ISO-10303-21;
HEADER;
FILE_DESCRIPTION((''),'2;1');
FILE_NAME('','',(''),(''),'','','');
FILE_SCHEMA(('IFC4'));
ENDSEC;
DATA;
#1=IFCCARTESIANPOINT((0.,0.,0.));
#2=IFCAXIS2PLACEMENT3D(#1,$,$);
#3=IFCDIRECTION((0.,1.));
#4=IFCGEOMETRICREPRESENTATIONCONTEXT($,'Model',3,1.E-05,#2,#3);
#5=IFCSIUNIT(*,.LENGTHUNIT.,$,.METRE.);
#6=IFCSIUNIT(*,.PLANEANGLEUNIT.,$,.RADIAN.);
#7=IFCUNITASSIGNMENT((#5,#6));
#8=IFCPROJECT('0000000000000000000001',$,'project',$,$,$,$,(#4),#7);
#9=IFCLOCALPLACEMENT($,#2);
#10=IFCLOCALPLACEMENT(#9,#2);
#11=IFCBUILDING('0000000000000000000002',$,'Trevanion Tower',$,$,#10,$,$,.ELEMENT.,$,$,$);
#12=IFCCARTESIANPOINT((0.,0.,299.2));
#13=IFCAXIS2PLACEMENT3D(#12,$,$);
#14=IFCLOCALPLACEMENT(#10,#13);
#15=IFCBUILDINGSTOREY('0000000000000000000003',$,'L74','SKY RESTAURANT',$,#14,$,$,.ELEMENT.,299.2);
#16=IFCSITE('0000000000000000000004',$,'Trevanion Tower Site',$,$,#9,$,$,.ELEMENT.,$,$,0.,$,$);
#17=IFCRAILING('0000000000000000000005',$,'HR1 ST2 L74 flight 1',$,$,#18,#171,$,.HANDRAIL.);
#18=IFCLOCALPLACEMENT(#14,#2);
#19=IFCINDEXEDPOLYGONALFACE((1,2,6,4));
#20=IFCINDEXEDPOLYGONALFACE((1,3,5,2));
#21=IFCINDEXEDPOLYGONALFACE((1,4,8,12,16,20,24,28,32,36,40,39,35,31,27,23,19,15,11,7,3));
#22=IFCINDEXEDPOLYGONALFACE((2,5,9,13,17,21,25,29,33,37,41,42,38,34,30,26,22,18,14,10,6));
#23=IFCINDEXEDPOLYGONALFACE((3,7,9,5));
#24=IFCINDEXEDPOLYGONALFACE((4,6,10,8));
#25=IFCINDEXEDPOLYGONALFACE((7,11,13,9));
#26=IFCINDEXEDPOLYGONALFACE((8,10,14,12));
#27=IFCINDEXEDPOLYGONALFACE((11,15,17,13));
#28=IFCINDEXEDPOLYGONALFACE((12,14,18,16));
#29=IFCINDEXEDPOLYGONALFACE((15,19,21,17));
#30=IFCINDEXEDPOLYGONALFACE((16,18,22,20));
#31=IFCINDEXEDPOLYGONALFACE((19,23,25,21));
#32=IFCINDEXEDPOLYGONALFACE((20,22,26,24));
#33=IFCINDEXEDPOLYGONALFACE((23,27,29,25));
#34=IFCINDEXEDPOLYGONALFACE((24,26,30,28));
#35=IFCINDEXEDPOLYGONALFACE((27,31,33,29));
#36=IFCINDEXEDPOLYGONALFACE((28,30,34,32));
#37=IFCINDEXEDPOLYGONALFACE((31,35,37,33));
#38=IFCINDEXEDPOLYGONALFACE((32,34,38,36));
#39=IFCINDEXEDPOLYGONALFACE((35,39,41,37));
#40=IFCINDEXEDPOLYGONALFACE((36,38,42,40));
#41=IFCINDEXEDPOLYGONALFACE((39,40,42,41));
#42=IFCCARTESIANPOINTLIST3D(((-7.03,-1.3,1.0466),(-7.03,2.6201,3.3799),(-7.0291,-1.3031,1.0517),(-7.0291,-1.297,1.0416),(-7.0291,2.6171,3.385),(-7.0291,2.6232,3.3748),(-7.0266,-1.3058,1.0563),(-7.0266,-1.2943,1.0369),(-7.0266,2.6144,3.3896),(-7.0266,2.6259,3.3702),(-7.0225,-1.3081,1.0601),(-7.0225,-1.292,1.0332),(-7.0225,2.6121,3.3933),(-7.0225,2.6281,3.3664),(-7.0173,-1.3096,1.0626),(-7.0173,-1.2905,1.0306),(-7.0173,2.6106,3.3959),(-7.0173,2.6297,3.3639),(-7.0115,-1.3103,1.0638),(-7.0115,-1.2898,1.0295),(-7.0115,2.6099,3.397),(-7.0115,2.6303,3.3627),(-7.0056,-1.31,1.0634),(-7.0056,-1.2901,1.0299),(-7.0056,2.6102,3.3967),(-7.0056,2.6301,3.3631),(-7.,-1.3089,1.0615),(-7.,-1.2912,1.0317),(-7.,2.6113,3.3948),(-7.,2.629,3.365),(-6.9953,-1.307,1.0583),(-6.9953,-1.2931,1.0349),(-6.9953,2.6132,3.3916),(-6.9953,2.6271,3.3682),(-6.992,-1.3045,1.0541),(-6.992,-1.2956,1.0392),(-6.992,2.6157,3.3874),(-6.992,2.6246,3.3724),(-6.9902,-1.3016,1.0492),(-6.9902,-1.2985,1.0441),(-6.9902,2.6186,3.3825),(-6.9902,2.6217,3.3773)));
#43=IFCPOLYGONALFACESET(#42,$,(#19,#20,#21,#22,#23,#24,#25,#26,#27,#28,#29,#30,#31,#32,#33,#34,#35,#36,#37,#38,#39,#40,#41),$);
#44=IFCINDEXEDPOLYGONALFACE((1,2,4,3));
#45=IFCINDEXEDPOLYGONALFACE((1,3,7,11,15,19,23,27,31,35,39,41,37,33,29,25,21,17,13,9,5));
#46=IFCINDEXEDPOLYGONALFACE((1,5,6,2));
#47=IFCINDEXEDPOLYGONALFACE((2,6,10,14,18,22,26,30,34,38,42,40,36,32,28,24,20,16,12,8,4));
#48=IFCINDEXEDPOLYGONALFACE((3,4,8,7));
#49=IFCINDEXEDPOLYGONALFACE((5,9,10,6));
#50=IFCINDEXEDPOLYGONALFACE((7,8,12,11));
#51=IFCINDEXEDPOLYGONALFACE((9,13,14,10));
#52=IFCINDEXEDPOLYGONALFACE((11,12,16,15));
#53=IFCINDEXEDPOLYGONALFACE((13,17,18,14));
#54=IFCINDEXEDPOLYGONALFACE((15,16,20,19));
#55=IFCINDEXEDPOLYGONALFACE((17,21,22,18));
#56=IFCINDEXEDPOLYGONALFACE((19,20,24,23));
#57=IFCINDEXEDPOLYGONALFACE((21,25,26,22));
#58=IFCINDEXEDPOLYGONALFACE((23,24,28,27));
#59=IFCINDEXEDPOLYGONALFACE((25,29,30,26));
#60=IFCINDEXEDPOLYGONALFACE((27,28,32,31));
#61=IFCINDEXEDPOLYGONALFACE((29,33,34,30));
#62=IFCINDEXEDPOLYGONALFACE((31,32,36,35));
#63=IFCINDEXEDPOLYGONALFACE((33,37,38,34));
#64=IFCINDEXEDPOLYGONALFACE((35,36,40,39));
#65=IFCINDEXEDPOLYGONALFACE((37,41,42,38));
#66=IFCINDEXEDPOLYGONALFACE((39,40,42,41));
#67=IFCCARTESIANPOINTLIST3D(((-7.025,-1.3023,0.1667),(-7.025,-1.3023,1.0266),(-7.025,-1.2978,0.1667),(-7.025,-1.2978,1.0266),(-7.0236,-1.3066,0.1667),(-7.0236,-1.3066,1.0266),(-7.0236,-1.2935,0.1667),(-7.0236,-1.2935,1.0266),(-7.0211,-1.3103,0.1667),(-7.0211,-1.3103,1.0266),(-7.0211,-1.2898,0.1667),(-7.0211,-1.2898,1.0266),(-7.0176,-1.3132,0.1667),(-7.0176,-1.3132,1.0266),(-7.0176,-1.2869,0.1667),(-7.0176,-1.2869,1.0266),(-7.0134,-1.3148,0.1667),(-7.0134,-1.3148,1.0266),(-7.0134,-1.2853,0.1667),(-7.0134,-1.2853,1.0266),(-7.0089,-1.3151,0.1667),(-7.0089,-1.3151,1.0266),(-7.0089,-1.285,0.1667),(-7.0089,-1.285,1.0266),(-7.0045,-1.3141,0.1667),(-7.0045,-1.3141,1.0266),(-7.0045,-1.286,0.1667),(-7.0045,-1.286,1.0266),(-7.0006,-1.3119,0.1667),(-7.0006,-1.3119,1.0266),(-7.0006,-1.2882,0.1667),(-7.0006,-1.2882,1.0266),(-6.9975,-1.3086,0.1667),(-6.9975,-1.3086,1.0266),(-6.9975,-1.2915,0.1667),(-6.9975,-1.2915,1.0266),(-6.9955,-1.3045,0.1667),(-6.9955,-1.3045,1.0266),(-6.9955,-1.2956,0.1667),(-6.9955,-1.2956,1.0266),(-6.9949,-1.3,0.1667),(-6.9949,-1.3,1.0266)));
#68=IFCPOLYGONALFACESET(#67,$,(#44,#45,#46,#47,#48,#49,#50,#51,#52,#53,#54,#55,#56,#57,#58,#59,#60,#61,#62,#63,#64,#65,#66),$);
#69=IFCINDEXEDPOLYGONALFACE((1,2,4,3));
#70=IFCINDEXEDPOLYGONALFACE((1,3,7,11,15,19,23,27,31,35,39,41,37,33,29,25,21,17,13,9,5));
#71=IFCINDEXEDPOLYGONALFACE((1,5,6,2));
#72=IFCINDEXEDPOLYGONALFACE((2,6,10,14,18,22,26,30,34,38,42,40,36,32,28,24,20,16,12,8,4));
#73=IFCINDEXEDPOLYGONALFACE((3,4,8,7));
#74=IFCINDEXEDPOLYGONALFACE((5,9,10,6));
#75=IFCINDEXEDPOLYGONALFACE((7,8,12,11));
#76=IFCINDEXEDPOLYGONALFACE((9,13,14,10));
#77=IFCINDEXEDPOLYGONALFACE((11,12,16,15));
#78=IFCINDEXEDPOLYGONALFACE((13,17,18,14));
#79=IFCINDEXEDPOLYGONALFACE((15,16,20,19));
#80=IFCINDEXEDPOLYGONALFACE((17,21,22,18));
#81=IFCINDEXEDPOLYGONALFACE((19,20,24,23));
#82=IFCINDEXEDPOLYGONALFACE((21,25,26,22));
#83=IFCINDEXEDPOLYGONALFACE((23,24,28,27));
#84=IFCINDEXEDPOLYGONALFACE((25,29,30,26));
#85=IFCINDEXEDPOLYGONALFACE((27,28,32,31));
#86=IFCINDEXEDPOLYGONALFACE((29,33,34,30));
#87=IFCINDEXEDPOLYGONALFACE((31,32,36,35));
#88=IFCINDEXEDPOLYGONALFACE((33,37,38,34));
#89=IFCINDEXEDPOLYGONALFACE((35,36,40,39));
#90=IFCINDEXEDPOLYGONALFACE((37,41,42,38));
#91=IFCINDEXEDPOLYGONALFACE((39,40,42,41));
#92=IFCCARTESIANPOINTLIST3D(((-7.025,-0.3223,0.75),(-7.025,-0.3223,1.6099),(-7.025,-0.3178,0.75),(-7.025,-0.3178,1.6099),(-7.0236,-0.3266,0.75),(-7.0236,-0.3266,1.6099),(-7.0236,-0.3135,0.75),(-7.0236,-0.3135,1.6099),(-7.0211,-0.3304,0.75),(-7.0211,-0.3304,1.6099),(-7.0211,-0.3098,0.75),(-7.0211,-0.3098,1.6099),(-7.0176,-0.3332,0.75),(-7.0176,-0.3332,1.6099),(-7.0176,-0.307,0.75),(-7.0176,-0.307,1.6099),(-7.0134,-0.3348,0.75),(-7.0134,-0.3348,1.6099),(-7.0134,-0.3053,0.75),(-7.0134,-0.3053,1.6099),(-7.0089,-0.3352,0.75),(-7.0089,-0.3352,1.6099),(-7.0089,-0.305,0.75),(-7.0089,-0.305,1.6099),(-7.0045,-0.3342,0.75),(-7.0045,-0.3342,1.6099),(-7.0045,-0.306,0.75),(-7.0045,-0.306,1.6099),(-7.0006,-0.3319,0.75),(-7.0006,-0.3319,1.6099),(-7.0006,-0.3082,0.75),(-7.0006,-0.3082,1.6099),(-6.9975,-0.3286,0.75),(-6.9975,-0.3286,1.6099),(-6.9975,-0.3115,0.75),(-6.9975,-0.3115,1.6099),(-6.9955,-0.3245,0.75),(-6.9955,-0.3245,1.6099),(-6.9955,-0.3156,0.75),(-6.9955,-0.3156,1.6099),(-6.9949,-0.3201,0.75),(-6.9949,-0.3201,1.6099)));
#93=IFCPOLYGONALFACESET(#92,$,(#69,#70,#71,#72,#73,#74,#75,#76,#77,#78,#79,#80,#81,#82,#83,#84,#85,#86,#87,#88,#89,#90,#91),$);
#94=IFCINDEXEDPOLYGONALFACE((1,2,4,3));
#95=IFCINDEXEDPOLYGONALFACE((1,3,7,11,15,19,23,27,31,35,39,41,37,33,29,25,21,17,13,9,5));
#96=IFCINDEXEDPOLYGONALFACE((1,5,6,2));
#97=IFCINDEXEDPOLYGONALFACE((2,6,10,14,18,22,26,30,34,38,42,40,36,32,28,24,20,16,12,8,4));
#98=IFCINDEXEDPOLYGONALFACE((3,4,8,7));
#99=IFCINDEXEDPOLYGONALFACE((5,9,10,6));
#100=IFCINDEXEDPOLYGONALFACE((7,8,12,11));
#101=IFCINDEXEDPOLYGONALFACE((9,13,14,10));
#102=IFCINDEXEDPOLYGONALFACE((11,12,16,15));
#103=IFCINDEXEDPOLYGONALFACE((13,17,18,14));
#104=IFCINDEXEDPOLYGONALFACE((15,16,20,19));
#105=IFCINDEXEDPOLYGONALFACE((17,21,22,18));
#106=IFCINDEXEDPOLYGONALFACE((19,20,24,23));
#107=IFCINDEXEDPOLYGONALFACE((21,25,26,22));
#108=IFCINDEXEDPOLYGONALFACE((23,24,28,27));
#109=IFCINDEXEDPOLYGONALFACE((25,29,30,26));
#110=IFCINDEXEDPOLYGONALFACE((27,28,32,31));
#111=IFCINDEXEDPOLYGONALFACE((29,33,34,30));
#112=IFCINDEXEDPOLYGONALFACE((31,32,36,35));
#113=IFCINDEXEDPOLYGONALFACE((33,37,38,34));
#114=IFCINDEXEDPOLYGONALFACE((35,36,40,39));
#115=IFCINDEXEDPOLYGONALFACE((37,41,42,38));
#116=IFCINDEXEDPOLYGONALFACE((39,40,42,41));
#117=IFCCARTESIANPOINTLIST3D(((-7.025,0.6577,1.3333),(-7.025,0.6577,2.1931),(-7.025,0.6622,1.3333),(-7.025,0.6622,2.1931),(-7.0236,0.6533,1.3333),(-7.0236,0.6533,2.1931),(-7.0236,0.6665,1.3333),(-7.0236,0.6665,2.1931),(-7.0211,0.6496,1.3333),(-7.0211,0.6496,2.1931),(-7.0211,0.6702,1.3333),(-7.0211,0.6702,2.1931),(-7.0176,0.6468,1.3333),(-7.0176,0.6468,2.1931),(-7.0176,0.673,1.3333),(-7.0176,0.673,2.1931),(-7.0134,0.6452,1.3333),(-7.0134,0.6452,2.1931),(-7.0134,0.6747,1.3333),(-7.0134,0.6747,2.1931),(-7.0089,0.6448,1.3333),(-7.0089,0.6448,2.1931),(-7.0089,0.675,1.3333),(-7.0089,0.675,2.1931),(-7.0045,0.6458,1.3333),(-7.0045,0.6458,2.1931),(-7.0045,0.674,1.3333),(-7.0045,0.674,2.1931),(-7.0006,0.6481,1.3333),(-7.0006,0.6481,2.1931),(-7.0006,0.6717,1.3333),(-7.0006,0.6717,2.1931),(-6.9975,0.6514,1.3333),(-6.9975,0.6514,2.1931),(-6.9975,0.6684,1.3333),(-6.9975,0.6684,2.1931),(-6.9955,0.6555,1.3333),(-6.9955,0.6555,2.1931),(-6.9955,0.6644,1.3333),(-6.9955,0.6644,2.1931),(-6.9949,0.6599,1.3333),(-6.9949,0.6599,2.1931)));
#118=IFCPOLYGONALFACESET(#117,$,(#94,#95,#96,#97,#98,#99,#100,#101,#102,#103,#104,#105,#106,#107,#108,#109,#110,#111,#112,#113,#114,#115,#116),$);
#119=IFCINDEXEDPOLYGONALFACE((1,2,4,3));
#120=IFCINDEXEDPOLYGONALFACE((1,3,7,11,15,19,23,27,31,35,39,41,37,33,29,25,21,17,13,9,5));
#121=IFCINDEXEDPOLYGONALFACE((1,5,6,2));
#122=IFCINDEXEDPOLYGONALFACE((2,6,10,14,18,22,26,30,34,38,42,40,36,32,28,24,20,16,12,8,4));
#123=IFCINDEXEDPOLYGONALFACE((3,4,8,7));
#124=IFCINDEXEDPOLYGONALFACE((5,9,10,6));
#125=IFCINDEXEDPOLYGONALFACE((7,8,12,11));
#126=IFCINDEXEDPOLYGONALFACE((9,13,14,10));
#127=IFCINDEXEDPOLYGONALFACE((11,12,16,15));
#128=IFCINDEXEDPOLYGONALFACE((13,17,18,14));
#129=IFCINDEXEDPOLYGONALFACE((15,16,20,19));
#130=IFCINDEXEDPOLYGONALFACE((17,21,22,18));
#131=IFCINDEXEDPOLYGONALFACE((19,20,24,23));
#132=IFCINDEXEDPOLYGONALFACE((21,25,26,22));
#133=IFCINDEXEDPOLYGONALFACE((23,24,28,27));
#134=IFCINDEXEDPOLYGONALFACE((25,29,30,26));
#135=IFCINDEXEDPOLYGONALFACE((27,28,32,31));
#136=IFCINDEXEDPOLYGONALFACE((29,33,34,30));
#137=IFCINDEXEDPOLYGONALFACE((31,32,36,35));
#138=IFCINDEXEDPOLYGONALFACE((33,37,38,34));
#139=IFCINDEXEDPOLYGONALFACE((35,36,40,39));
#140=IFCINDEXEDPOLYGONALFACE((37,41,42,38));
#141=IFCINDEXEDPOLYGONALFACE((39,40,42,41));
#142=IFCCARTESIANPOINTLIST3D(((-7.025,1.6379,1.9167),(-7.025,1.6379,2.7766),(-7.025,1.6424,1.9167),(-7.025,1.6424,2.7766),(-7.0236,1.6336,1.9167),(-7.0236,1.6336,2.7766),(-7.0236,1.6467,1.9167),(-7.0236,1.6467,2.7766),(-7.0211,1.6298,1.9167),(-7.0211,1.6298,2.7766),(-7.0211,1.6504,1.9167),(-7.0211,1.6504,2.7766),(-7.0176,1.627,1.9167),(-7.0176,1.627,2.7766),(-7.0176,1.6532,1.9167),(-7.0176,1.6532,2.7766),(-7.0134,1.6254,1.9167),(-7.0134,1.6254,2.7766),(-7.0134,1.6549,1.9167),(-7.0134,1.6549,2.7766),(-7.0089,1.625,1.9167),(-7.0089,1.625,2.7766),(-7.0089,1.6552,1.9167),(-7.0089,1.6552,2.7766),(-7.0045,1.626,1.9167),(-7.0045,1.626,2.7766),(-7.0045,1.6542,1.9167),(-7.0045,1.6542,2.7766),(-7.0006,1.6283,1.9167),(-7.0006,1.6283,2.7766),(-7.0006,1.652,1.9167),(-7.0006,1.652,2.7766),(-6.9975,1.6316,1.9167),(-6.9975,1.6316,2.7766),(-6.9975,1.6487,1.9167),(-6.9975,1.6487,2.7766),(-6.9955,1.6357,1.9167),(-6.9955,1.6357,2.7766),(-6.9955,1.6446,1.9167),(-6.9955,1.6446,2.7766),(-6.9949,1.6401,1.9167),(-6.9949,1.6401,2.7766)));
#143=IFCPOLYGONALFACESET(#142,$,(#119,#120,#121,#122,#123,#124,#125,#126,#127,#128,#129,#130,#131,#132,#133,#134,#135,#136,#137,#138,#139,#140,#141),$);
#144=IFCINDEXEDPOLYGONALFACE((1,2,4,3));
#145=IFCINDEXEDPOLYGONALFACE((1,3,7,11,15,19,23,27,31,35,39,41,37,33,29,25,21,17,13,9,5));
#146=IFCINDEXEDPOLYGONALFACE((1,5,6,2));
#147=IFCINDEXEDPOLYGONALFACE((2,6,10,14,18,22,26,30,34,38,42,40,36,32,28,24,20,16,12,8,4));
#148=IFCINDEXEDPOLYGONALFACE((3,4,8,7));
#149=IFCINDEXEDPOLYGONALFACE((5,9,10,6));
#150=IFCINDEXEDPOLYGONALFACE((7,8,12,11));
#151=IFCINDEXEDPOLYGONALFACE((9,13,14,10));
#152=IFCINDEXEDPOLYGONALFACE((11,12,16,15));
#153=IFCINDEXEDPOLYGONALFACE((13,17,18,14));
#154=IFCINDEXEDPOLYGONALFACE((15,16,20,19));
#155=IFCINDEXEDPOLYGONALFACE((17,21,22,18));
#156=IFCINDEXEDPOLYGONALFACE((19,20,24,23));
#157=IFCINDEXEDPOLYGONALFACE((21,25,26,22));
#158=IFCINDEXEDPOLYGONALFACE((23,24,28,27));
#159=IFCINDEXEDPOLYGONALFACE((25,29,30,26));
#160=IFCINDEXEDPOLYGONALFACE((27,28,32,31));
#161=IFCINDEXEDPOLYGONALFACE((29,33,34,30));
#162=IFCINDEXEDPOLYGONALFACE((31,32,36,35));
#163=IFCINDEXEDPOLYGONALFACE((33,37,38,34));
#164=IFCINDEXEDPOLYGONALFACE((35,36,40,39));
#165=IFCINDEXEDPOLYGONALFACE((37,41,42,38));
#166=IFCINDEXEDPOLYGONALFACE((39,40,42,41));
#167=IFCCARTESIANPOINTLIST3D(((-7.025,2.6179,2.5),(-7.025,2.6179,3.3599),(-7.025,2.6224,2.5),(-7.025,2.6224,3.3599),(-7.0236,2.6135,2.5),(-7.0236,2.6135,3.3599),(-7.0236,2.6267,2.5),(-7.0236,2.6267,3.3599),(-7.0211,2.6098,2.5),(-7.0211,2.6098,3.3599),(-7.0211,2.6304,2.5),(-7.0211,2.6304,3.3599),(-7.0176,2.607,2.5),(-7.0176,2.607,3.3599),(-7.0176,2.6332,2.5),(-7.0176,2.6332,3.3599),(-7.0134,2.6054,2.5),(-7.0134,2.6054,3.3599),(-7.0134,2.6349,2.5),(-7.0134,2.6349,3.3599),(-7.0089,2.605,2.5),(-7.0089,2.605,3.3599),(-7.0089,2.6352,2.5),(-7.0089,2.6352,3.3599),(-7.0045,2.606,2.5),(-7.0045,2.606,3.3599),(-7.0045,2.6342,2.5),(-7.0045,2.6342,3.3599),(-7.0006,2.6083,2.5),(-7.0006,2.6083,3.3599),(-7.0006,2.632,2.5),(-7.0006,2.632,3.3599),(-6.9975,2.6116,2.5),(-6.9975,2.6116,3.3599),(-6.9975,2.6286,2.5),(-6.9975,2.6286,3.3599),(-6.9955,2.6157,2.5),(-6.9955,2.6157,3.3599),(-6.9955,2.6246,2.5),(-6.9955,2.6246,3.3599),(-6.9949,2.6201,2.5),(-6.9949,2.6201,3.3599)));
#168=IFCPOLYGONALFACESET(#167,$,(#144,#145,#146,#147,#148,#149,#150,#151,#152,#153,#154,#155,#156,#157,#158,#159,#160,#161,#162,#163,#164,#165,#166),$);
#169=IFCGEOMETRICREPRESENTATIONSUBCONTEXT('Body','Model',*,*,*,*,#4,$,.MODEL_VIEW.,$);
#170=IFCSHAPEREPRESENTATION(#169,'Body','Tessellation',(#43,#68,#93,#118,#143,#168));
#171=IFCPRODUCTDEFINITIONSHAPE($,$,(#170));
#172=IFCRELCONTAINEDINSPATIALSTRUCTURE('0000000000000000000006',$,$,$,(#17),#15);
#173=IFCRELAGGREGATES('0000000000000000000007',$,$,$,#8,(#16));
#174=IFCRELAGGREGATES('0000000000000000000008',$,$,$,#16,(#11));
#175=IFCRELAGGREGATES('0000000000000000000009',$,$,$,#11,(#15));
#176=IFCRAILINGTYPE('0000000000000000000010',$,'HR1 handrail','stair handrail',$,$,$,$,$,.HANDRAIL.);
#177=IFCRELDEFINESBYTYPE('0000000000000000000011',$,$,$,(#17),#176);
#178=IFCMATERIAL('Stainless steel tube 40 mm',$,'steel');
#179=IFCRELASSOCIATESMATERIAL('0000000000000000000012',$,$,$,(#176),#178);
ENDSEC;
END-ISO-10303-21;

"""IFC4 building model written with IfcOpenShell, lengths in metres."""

from ifc_helpers import new_model, si_unit, direction, frame, origin, origin_2d, place, context, subcontext, project, spatial, circle, extrude, material, type_object, element, save


model = new_model("IFC4")

# Units and contexts
model_context = context("Model", 3, precision=1e-05, world=origin(), true_north=direction((0.0, 1.0)))
body_context = subcontext(model_context, "Body", "Model", "MODEL_VIEW")
ifc_project = project(units=[si_unit("LENGTHUNIT", "METRE"), si_unit("PLANEANGLEUNIT", "RADIAN")], contexts=[model_context])

# Site, building, storey
site_placement = place(None, origin())
site = spatial("IfcSite", under=ifc_project, at=site_placement, Name="Trevanion Tower Site", CompositionType="ELEMENT", RefElevation=0.0)
building_placement = place(site_placement, origin())
building = spatial("IfcBuilding", under=site, at=building_placement, Name="Trevanion Tower", CompositionType="ELEMENT")
storey_placement = place(building_placement, frame((0.0, 0.0, 299.2)))
storey = spatial("IfcBuildingStorey", under=building, at=storey_placement, Name="L74", Description="SKY RESTAURANT", CompositionType="ELEMENT", Elevation=299.2)

# Railing
ifc_material_1 = material(Name="Stainless steel tube 40 mm", Category="steel")
railing_type = type_object("IfcRailingType", Name="HR1 handrail", Description="stair handrail", PredefinedType="HANDRAIL", material=ifc_material_1)
for number, where, name in (
    (1, (-7.01, -1.3, 0.1667), "HR1 ST2 L74 flight 1"),
):
    element("IfcRailing", number, at=place(storey_placement, frame(where)), inside=storey, type_object=railing_type, Name=name, PredefinedType="HANDRAIL", context=body_context, shape_type="SweptSolid", body=[
        extrude(circle(Radius=0.02, at=origin_2d()), frame((0.0, 0.0, 0.8799), z_axis=(0.0, 0.85931, 0.511455), x_axis=(-1.0, 0.0, 0.0)), (0.0, 0.0, 1.0), 4.562),
        extrude(circle(Radius=0.0151, at=origin_2d()), origin(), (0.0, 0.0, 1.0), 0.8599),
        extrude(circle(Radius=0.0151, at=origin_2d()), frame((0.0, 0.98, 0.5833)), (0.0, 0.0, 1.0), 0.8599),
        extrude(circle(Radius=0.0151, at=origin_2d()), frame((0.0, 1.96, 1.1665)), (0.0, 0.0, 1.0), 0.8599),
        extrude(circle(Radius=0.0151, at=origin_2d()), frame((0.0, 2.9402, 1.75)), (0.0, 0.0, 1.0), 0.8599),
        extrude(circle(Radius=0.0151, at=origin_2d()), frame((0.0, 3.9202, 2.3333)), (0.0, 0.0, 1.0), 0.8599),
    ])

save(model, "model.ifc")
